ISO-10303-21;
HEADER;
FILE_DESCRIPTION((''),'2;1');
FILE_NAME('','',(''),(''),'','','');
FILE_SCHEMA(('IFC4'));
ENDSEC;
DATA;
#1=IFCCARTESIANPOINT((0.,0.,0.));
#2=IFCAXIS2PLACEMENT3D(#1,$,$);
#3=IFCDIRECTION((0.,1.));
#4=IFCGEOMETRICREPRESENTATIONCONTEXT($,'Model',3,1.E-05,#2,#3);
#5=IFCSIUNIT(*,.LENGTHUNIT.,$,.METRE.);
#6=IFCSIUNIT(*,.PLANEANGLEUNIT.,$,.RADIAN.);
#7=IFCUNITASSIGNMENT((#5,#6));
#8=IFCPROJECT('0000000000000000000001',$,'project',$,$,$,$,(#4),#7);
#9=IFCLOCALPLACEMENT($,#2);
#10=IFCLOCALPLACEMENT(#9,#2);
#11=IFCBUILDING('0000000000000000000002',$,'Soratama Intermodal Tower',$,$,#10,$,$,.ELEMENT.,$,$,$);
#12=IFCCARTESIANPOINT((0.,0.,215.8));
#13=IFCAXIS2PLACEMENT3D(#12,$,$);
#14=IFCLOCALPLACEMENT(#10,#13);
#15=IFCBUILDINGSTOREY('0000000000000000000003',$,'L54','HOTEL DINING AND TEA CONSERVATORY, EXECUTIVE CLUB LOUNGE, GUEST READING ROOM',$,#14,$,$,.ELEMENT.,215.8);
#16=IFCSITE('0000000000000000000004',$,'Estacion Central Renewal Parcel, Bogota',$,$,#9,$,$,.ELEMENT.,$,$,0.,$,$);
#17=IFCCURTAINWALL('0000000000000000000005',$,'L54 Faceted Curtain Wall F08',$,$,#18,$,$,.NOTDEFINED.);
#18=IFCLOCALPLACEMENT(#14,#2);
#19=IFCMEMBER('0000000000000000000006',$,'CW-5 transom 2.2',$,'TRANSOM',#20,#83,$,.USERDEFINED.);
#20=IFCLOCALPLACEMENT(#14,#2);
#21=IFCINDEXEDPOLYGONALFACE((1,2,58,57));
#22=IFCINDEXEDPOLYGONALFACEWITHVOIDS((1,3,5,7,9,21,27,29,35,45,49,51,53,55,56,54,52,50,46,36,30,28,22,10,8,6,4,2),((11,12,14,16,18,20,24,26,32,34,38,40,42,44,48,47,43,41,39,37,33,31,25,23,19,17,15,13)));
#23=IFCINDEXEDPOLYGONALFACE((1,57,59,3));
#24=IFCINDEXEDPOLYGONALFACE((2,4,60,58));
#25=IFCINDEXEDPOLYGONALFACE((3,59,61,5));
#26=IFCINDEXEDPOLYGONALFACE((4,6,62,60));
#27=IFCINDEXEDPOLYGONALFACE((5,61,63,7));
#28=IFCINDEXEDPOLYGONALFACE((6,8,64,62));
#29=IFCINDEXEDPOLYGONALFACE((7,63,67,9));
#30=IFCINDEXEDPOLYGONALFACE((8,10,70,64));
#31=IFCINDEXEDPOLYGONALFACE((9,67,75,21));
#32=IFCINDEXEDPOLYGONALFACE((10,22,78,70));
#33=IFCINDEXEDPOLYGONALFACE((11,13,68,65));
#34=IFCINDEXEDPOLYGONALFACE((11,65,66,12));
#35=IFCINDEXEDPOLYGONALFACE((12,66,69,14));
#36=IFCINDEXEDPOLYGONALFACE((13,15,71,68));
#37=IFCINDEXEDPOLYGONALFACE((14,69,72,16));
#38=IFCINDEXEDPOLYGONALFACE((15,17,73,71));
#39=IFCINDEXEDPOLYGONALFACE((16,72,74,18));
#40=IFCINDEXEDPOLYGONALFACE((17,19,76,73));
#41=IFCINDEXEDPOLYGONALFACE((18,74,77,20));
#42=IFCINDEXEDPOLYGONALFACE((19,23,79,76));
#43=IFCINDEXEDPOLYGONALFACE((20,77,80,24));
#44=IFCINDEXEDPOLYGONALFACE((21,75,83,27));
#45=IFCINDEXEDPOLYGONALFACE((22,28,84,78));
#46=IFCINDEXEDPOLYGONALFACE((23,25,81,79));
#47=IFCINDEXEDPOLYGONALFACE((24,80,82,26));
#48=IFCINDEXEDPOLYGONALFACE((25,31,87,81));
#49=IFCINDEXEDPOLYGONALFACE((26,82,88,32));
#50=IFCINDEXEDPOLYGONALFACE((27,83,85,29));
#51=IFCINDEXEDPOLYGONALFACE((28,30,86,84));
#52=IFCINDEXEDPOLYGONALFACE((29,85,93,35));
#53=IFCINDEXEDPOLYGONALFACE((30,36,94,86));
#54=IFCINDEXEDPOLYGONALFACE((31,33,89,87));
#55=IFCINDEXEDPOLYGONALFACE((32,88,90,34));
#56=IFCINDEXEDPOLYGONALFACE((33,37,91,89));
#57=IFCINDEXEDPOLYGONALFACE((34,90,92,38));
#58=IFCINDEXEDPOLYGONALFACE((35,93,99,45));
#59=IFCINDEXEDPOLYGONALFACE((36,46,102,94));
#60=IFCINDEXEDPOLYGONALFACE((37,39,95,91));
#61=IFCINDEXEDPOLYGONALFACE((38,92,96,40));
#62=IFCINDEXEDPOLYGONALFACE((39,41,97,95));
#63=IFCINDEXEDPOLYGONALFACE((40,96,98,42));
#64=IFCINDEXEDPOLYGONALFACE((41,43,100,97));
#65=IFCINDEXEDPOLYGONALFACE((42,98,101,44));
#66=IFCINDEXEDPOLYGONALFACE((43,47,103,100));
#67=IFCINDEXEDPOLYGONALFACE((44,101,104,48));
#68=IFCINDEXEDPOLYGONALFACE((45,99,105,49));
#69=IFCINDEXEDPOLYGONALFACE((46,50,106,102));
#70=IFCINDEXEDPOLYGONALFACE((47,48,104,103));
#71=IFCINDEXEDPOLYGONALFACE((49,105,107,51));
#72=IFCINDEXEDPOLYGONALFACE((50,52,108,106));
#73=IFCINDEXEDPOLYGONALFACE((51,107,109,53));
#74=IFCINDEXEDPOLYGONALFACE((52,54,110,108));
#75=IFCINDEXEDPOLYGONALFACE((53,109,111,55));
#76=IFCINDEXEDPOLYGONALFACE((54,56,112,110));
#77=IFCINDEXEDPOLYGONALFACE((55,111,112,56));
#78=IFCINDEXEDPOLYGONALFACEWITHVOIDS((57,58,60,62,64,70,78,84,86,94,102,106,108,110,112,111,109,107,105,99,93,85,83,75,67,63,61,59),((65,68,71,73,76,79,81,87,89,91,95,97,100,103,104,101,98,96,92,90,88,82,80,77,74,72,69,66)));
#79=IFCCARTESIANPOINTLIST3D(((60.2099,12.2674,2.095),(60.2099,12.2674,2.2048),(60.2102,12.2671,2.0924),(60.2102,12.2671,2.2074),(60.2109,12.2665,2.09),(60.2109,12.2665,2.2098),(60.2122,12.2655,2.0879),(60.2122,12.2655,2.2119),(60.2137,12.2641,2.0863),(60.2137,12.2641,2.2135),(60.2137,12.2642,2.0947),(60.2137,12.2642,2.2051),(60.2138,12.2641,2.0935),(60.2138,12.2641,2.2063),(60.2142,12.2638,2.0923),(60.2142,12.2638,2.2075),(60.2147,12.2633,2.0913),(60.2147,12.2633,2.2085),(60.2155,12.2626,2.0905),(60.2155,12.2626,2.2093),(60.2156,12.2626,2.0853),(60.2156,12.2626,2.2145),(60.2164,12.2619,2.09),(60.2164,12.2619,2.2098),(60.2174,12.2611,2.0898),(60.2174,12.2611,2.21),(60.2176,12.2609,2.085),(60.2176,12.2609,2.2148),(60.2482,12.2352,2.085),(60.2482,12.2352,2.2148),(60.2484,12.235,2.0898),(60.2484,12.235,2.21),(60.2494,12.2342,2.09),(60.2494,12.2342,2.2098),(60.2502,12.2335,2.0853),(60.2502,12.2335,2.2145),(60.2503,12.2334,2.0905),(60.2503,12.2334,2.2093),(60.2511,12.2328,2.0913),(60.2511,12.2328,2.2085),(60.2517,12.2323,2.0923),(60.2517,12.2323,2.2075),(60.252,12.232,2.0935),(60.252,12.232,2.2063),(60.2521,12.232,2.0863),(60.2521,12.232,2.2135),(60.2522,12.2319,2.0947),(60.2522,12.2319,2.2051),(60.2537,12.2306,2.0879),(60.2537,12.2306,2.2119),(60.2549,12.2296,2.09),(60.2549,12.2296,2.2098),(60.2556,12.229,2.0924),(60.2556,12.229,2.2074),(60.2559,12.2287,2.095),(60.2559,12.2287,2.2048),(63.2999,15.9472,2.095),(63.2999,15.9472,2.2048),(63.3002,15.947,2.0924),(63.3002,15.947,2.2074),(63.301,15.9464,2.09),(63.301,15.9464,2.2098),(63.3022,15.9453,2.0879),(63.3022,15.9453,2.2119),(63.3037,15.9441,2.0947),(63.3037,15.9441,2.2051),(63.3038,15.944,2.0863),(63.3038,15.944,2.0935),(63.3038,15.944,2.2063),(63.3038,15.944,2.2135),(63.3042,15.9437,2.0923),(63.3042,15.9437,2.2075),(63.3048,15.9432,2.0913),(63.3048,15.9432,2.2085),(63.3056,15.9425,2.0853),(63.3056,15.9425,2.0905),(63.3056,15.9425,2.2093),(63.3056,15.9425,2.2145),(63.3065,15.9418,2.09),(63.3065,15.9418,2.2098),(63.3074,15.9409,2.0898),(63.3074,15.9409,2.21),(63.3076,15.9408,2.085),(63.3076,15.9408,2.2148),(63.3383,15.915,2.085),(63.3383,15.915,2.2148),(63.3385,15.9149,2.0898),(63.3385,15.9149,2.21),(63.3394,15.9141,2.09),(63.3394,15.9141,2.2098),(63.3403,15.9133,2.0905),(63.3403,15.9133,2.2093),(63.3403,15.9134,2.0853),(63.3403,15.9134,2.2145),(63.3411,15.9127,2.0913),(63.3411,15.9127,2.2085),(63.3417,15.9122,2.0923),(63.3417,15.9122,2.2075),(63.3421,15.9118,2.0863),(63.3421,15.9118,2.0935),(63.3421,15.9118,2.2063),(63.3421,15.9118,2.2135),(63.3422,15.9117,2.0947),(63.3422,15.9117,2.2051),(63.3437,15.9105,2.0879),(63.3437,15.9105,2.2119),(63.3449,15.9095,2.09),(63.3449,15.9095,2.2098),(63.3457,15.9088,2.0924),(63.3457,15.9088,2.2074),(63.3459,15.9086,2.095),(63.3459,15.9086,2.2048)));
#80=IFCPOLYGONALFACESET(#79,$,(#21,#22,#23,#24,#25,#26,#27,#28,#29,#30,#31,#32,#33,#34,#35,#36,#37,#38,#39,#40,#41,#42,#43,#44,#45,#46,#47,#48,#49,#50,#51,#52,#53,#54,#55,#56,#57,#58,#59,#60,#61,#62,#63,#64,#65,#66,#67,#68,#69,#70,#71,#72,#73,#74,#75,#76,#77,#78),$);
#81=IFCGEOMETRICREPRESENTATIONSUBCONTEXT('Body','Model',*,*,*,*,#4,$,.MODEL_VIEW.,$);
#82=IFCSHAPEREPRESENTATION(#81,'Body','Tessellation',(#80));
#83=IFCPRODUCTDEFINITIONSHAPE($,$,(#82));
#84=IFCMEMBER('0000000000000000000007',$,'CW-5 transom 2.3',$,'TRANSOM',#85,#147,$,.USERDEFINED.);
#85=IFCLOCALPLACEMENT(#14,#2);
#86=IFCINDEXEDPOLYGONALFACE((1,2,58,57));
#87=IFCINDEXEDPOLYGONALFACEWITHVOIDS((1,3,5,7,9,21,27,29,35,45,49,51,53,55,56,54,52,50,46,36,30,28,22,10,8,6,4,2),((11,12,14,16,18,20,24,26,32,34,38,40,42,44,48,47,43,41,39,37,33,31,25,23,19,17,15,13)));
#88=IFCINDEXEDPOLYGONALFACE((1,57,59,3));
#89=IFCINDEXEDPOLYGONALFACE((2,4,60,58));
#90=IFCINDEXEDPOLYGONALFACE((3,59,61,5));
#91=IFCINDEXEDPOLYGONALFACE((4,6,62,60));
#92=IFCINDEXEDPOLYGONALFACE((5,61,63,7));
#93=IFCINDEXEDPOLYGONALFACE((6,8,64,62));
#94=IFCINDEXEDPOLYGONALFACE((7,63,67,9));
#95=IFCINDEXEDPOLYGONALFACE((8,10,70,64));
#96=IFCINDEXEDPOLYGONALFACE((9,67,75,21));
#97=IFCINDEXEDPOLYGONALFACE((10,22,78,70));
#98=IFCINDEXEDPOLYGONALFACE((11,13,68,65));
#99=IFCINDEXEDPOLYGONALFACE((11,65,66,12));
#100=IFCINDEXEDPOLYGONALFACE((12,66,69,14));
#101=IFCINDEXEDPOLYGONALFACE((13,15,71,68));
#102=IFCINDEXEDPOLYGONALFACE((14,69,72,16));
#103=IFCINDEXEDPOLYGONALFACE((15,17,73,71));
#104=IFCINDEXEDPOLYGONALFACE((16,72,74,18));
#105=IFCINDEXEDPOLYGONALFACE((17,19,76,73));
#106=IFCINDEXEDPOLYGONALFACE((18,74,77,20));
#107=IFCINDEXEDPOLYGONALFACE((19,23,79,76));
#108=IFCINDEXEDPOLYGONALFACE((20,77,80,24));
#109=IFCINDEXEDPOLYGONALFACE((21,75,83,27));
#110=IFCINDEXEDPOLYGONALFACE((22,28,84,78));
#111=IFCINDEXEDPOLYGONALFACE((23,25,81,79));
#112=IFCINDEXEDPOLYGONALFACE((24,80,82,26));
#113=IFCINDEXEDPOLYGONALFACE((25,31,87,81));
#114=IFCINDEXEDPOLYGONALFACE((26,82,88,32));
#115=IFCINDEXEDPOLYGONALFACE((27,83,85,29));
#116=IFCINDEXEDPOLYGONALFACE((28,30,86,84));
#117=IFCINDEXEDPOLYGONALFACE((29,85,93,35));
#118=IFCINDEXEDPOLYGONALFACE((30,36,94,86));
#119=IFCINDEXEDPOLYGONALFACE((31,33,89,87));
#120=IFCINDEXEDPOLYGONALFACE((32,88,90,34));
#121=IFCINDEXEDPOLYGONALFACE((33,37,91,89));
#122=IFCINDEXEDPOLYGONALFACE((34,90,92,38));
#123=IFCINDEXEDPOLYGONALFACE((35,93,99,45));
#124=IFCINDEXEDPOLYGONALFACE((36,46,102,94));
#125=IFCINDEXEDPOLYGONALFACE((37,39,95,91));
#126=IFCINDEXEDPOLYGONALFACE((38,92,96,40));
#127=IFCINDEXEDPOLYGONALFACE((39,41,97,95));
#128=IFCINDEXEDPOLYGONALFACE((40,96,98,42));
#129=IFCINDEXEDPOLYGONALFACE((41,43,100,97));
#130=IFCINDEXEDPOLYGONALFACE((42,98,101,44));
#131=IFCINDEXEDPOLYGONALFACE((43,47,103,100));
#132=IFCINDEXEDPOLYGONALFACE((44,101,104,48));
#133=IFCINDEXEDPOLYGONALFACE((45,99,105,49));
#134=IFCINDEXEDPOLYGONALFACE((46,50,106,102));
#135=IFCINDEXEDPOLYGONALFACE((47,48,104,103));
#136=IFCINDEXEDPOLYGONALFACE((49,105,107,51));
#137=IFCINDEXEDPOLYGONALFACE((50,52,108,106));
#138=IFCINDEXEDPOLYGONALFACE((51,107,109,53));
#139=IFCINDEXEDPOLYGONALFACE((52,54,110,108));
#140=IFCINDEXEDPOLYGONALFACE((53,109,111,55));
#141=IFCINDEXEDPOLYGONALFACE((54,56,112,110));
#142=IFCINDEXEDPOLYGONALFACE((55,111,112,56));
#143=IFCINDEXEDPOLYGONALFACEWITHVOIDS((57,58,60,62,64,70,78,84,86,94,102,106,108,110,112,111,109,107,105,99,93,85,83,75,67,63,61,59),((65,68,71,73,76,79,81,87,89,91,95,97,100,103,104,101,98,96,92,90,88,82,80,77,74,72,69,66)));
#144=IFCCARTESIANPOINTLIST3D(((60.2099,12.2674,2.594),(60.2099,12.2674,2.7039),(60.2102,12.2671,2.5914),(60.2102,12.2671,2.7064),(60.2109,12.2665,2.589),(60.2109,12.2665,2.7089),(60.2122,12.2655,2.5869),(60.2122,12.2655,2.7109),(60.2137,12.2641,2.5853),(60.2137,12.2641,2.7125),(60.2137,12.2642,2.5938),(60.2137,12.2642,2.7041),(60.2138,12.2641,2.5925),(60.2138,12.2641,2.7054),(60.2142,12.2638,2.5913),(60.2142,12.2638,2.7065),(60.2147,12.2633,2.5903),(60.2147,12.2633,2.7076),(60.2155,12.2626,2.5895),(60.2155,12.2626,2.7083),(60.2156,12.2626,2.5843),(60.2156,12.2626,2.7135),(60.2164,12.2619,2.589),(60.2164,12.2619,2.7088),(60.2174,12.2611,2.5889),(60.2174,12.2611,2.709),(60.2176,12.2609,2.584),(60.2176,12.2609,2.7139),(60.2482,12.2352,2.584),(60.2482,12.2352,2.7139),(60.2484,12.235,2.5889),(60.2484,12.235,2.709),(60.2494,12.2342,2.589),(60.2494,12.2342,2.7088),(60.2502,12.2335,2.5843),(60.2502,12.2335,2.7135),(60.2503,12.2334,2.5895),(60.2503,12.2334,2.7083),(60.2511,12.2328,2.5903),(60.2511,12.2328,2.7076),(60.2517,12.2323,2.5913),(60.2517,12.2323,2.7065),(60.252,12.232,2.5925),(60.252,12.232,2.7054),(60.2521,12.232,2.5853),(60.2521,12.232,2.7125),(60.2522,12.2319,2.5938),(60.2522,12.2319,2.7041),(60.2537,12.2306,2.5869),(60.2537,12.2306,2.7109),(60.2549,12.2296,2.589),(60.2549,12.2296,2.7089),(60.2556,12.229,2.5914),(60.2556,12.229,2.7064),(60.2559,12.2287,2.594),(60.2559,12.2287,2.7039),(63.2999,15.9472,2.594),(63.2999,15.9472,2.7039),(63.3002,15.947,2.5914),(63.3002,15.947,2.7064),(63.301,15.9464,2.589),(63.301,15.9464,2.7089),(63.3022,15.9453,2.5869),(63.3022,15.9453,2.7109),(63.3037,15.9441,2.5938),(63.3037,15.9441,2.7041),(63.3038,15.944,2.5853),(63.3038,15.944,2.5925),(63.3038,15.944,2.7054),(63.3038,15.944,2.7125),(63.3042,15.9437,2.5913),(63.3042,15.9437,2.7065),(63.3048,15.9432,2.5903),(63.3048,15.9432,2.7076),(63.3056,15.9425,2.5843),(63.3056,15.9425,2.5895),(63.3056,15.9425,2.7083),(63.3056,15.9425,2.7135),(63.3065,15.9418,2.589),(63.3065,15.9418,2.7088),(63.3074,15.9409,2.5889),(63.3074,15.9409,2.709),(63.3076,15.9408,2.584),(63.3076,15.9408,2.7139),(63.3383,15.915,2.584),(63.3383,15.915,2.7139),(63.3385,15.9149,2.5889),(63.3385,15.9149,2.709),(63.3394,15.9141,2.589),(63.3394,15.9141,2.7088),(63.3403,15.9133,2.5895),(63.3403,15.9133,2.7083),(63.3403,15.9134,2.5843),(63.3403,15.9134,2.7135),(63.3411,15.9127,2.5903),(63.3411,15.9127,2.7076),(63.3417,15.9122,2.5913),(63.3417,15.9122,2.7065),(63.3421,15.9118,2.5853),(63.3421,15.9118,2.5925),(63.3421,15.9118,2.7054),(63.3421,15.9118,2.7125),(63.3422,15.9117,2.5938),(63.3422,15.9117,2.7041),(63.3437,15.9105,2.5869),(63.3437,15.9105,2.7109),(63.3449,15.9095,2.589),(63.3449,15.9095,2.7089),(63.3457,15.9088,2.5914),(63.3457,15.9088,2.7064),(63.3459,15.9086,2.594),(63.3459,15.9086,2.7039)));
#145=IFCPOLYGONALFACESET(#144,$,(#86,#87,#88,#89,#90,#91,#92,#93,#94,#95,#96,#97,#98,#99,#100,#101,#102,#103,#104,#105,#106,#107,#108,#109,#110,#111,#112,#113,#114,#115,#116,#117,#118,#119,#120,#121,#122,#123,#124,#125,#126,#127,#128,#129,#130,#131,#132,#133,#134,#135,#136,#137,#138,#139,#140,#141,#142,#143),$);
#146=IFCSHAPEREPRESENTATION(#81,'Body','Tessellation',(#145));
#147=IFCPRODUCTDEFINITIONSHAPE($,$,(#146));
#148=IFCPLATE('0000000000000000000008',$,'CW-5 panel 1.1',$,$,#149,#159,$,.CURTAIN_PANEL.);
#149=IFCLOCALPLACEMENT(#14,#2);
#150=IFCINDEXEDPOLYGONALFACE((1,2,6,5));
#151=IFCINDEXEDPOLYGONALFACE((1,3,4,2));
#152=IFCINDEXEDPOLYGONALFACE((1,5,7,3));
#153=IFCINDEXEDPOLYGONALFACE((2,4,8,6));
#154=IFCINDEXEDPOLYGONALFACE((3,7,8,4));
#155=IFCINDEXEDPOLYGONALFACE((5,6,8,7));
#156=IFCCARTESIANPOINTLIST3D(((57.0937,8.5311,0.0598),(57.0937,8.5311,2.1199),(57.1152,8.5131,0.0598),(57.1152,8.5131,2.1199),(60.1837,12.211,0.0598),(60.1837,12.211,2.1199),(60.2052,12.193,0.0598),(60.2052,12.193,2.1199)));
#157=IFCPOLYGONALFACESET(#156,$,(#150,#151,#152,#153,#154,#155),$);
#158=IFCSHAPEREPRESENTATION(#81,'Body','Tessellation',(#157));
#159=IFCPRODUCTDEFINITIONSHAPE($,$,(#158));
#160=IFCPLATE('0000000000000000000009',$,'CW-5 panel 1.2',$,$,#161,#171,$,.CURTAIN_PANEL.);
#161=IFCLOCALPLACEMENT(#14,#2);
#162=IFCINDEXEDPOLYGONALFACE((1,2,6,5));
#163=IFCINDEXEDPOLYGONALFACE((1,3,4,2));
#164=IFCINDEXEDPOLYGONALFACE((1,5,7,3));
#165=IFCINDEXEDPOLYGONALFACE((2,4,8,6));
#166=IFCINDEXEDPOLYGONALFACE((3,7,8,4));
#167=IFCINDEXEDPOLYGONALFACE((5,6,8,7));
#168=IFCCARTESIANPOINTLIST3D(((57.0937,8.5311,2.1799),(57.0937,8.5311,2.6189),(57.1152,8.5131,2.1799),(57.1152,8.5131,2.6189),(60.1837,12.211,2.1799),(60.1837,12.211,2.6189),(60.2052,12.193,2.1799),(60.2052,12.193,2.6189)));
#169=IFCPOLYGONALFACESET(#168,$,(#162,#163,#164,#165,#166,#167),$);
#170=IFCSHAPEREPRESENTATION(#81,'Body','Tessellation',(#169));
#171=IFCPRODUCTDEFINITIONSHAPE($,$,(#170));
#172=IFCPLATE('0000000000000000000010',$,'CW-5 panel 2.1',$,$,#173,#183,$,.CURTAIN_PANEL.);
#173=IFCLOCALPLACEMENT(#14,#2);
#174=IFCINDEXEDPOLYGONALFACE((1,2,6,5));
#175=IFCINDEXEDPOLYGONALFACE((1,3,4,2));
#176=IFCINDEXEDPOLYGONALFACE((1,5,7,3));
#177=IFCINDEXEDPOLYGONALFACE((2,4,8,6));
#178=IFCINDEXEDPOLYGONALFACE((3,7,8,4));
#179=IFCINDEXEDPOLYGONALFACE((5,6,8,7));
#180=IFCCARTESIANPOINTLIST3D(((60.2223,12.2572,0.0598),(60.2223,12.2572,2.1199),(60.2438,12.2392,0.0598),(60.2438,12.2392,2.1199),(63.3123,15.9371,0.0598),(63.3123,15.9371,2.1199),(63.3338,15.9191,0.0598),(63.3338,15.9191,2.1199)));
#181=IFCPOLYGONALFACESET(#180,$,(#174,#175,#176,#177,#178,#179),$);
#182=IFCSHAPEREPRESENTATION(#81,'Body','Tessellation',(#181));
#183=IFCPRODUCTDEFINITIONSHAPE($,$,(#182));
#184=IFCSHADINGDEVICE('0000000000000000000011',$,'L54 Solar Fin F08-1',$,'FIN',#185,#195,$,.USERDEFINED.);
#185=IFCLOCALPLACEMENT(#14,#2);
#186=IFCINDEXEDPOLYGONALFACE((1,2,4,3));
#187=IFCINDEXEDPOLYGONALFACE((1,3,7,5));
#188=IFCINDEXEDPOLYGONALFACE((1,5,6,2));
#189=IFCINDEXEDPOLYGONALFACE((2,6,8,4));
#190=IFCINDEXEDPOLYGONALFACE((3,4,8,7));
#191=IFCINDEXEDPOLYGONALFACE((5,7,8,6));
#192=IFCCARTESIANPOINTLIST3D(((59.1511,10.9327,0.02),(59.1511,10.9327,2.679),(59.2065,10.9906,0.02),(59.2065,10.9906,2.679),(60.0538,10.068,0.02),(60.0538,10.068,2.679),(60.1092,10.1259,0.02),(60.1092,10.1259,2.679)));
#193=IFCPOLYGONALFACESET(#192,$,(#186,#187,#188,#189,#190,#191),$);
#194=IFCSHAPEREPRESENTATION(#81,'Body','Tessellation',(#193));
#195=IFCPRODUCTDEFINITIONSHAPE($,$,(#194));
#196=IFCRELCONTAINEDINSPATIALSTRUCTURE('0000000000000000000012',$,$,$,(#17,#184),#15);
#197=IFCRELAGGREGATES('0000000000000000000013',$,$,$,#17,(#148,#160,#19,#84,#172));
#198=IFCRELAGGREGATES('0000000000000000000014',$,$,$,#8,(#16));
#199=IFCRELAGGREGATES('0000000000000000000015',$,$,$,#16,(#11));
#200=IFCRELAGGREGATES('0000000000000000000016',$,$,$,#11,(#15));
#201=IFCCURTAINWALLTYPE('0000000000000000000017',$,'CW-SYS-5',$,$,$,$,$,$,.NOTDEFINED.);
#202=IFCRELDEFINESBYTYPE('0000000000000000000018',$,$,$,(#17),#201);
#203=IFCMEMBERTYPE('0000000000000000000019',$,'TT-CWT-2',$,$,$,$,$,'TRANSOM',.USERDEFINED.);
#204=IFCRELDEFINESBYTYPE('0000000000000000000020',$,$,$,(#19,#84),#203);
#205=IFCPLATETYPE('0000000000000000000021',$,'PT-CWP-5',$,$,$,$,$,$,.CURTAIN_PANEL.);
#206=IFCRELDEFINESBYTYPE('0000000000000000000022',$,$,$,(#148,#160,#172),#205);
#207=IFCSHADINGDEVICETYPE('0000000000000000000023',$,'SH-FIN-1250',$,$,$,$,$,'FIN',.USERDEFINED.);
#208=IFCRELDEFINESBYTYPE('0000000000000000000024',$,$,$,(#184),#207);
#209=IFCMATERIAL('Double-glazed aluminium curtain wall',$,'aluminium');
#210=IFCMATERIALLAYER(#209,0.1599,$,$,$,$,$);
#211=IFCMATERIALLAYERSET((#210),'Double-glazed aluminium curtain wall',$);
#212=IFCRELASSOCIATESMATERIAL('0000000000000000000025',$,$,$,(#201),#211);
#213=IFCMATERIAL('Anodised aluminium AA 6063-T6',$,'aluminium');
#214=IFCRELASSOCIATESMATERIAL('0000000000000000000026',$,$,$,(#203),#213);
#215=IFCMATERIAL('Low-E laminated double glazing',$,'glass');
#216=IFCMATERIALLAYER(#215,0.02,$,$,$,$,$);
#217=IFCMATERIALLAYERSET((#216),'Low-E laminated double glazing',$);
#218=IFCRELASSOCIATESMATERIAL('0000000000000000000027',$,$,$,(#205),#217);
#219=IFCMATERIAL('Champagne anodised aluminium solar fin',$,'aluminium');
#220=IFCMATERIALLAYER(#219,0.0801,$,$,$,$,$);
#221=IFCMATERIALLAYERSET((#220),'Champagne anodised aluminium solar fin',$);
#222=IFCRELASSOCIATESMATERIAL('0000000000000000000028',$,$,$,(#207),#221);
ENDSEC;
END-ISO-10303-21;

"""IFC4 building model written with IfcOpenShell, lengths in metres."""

from ifc_helpers import new_model, si_unit, direction, frame, origin, origin_2d, place, context, subcontext, project, spatial, rectangle, hollow_rectangle, extrude, material, layer, layer_set, material_profile, profile_set, type_object, element, aggregate, save


model = new_model("IFC4")

# Units and contexts
model_context = context("Model", 3, precision=1e-05, world=origin(), true_north=direction((0.0, 1.0)))
body_context = subcontext(model_context, "Body", "Model", "MODEL_VIEW")
ifc_project = project(units=[si_unit("LENGTHUNIT", "METRE"), si_unit("PLANEANGLEUNIT", "RADIAN")], contexts=[model_context])

# Site, building, storey
site_placement = place(None, origin())
site = spatial("IfcSite", under=ifc_project, at=site_placement, Name="Estacion Central Renewal Parcel, Bogota", CompositionType="ELEMENT", RefElevation=0.0)
building_placement = place(site_placement, origin())
building = spatial("IfcBuilding", under=site, at=building_placement, Name="Soratama Intermodal Tower", CompositionType="ELEMENT")
storey_placement = place(building_placement, frame((0.0, 0.0, 215.8)))
storey = spatial("IfcBuildingStorey", under=building, at=storey_placement, Name="L54", Description="HOTEL DINING AND TEA CONSERVATORY, EXECUTIVE CLUB LOUNGE, GUEST READING ROOM", CompositionType="ELEMENT", Elevation=215.8)

# Curtain wall, members, plates
ifc_material_1 = material(Name="Double-glazed aluminium curtain wall", Category="aluminium")
ifc_layer_1 = layer(ifc_material_1, 0.1599)
ifc_layer_set_1 = layer_set([ifc_layer_1], Name="Double-glazed aluminium curtain wall")
curtain_wall_type = type_object("IfcCurtainWallType", Name="CW-SYS-5", PredefinedType="NOTDEFINED", material=ifc_layer_set_1)
curtain_wall_placement = place(storey_placement, origin())
curtain_wall = element("IfcCurtainWall", 1, at=curtain_wall_placement, inside=storey, type_object=curtain_wall_type, Name="L54 Faceted Curtain Wall F08", PredefinedType="NOTDEFINED")
ifc_material_2 = material(Name="Anodised aluminium AA 6063-T6", Category="aluminium")
ifc_material_profile_1 = material_profile(ifc_material_2, hollow_rectangle(XDim=0.0601, YDim=0.1299, WallThickness=0.0049, InnerFilletRadius=0.0049, OuterFilletRadius=0.01, at=origin_2d()), Name="CWT130X60X5")
ifc_profile_set_1 = profile_set([ifc_material_profile_1], Name="Anodised aluminium AA 6063-T6")
member_type_1 = type_object("IfcMemberType", Name="TT-CWT-2", ElementType="TRANSOM", PredefinedType="USERDEFINED", material=ifc_profile_set_1)
member_1_placement = place(storey_placement, frame((60.2329, 12.248, 2.1499), z_axis=(0.643063, 0.765813, 0.0), x_axis=(-0.765813, 0.643063, 0.0)))
member_1 = element("IfcMember", 2, at=member_1_placement, type_object=member_type_1, Name="CW-5 transom 2.2", ObjectType="TRANSOM", PredefinedType="USERDEFINED", context=body_context, shape_type="SweptSolid", body=[
    extrude(hollow_rectangle(XDim=0.0601, YDim=0.1299, WallThickness=0.0049, InnerFilletRadius=0.0049, OuterFilletRadius=0.01, at=origin_2d()), origin(), (0.0, 0.0, 1.0), 4.8052),
])
member_2_placement = place(storey_placement, frame((60.2329, 12.248, 2.6489), z_axis=(0.643063, 0.765813, 0.0), x_axis=(-0.765813, 0.643063, 0.0)))
member_2 = element("IfcMember", 3, at=member_2_placement, type_object=member_type_1, Name="CW-5 transom 2.3", ObjectType="TRANSOM", PredefinedType="USERDEFINED", context=body_context, shape_type="SweptSolid", body=[
    extrude(hollow_rectangle(XDim=0.0601, YDim=0.1299, WallThickness=0.0049, InnerFilletRadius=0.0049, OuterFilletRadius=0.01, at=origin_2d()), origin(), (0.0, 0.0, 1.0), 4.8052),
])
ifc_material_3 = material(Name="Low-E laminated double glazing", Category="glass")
ifc_layer_2 = layer(ifc_material_3, 0.02)
ifc_layer_set_2 = layer_set([ifc_layer_2], Name="Low-E laminated double glazing")
plate_type = type_object("IfcPlateType", Name="PT-CWP-5", PredefinedType="CURTAIN_PANEL", material=ifc_layer_set_2)
plate_1_placement = place(storey_placement, frame((58.6494, 10.3621, 0.0598), z_axis=(0.0, 0.0, 1.0), x_axis=(0.643051, 0.765823, 0.0)))
plate_1 = element("IfcPlate", 4, at=plate_1_placement, type_object=plate_type, Name="CW-5 panel 1.1", PredefinedType="CURTAIN_PANEL", context=body_context, shape_type="SweptSolid", body=[
    extrude(rectangle(XDim=4.8052, YDim=0.0281, at=origin_2d()), origin(), (0.0, 0.0, 1.0), 2.0601),
])
plate_2_placement = place(storey_placement, frame((58.6494, 10.3621, 2.1799), z_axis=(0.0, 0.0, 1.0), x_axis=(0.643051, 0.765823, 0.0)))
plate_2 = element("IfcPlate", 5, at=plate_2_placement, type_object=plate_type, Name="CW-5 panel 1.2", PredefinedType="CURTAIN_PANEL", context=body_context, shape_type="SweptSolid", body=[
    extrude(rectangle(XDim=4.8052, YDim=0.0281, at=origin_2d()), origin(), (0.0, 0.0, 1.0), 0.439),
])
plate_3_placement = place(storey_placement, frame((61.7781, 14.0881, 0.0598), z_axis=(0.0, 0.0, 1.0), x_axis=(0.643051, 0.765823, 0.0)))
plate_3 = element("IfcPlate", 6, at=plate_3_placement, type_object=plate_type, Name="CW-5 panel 2.1", PredefinedType="CURTAIN_PANEL", context=body_context, shape_type="SweptSolid", body=[
    extrude(rectangle(XDim=4.8052, YDim=0.0281, at=origin_2d()), origin(), (0.0, 0.0, 1.0), 2.0601),
])
aggregate(curtain_wall, [plate_1, plate_2, member_1, member_2, plate_3])

# Shading device
ifc_material_4 = material(Name="Champagne anodised aluminium solar fin", Category="aluminium")
ifc_layer_3 = layer(ifc_material_4, 0.0801)
ifc_layer_set_3 = layer_set([ifc_layer_3], Name="Champagne anodised aluminium solar fin")
shading_device_type = type_object("IfcShadingDeviceType", Name="SH-FIN-1250", ElementType="FIN", PredefinedType="USERDEFINED", material=ifc_layer_set_3)
for number, where, z_axis, x_axis, name in (
    (7, (59.6301, 10.5293, 0.02), (0.0, 0.0, 1.0), (0.722123, -0.691765, 0.0), "L54 Solar Fin F08-1"),
):
    element("IfcShadingDevice", number, at=place(storey_placement, frame(where, z_axis=z_axis, x_axis=x_axis)), inside=storey, type_object=shading_device_type, Name=name, ObjectType="FIN", PredefinedType="USERDEFINED", context=body_context, shape_type="SweptSolid", body=[
        extrude(rectangle(XDim=1.25, YDim=0.0801, at=origin_2d()), origin(), (0.0, 0.0, 1.0), 2.6589),
    ])

save(model, "model.ifc")
